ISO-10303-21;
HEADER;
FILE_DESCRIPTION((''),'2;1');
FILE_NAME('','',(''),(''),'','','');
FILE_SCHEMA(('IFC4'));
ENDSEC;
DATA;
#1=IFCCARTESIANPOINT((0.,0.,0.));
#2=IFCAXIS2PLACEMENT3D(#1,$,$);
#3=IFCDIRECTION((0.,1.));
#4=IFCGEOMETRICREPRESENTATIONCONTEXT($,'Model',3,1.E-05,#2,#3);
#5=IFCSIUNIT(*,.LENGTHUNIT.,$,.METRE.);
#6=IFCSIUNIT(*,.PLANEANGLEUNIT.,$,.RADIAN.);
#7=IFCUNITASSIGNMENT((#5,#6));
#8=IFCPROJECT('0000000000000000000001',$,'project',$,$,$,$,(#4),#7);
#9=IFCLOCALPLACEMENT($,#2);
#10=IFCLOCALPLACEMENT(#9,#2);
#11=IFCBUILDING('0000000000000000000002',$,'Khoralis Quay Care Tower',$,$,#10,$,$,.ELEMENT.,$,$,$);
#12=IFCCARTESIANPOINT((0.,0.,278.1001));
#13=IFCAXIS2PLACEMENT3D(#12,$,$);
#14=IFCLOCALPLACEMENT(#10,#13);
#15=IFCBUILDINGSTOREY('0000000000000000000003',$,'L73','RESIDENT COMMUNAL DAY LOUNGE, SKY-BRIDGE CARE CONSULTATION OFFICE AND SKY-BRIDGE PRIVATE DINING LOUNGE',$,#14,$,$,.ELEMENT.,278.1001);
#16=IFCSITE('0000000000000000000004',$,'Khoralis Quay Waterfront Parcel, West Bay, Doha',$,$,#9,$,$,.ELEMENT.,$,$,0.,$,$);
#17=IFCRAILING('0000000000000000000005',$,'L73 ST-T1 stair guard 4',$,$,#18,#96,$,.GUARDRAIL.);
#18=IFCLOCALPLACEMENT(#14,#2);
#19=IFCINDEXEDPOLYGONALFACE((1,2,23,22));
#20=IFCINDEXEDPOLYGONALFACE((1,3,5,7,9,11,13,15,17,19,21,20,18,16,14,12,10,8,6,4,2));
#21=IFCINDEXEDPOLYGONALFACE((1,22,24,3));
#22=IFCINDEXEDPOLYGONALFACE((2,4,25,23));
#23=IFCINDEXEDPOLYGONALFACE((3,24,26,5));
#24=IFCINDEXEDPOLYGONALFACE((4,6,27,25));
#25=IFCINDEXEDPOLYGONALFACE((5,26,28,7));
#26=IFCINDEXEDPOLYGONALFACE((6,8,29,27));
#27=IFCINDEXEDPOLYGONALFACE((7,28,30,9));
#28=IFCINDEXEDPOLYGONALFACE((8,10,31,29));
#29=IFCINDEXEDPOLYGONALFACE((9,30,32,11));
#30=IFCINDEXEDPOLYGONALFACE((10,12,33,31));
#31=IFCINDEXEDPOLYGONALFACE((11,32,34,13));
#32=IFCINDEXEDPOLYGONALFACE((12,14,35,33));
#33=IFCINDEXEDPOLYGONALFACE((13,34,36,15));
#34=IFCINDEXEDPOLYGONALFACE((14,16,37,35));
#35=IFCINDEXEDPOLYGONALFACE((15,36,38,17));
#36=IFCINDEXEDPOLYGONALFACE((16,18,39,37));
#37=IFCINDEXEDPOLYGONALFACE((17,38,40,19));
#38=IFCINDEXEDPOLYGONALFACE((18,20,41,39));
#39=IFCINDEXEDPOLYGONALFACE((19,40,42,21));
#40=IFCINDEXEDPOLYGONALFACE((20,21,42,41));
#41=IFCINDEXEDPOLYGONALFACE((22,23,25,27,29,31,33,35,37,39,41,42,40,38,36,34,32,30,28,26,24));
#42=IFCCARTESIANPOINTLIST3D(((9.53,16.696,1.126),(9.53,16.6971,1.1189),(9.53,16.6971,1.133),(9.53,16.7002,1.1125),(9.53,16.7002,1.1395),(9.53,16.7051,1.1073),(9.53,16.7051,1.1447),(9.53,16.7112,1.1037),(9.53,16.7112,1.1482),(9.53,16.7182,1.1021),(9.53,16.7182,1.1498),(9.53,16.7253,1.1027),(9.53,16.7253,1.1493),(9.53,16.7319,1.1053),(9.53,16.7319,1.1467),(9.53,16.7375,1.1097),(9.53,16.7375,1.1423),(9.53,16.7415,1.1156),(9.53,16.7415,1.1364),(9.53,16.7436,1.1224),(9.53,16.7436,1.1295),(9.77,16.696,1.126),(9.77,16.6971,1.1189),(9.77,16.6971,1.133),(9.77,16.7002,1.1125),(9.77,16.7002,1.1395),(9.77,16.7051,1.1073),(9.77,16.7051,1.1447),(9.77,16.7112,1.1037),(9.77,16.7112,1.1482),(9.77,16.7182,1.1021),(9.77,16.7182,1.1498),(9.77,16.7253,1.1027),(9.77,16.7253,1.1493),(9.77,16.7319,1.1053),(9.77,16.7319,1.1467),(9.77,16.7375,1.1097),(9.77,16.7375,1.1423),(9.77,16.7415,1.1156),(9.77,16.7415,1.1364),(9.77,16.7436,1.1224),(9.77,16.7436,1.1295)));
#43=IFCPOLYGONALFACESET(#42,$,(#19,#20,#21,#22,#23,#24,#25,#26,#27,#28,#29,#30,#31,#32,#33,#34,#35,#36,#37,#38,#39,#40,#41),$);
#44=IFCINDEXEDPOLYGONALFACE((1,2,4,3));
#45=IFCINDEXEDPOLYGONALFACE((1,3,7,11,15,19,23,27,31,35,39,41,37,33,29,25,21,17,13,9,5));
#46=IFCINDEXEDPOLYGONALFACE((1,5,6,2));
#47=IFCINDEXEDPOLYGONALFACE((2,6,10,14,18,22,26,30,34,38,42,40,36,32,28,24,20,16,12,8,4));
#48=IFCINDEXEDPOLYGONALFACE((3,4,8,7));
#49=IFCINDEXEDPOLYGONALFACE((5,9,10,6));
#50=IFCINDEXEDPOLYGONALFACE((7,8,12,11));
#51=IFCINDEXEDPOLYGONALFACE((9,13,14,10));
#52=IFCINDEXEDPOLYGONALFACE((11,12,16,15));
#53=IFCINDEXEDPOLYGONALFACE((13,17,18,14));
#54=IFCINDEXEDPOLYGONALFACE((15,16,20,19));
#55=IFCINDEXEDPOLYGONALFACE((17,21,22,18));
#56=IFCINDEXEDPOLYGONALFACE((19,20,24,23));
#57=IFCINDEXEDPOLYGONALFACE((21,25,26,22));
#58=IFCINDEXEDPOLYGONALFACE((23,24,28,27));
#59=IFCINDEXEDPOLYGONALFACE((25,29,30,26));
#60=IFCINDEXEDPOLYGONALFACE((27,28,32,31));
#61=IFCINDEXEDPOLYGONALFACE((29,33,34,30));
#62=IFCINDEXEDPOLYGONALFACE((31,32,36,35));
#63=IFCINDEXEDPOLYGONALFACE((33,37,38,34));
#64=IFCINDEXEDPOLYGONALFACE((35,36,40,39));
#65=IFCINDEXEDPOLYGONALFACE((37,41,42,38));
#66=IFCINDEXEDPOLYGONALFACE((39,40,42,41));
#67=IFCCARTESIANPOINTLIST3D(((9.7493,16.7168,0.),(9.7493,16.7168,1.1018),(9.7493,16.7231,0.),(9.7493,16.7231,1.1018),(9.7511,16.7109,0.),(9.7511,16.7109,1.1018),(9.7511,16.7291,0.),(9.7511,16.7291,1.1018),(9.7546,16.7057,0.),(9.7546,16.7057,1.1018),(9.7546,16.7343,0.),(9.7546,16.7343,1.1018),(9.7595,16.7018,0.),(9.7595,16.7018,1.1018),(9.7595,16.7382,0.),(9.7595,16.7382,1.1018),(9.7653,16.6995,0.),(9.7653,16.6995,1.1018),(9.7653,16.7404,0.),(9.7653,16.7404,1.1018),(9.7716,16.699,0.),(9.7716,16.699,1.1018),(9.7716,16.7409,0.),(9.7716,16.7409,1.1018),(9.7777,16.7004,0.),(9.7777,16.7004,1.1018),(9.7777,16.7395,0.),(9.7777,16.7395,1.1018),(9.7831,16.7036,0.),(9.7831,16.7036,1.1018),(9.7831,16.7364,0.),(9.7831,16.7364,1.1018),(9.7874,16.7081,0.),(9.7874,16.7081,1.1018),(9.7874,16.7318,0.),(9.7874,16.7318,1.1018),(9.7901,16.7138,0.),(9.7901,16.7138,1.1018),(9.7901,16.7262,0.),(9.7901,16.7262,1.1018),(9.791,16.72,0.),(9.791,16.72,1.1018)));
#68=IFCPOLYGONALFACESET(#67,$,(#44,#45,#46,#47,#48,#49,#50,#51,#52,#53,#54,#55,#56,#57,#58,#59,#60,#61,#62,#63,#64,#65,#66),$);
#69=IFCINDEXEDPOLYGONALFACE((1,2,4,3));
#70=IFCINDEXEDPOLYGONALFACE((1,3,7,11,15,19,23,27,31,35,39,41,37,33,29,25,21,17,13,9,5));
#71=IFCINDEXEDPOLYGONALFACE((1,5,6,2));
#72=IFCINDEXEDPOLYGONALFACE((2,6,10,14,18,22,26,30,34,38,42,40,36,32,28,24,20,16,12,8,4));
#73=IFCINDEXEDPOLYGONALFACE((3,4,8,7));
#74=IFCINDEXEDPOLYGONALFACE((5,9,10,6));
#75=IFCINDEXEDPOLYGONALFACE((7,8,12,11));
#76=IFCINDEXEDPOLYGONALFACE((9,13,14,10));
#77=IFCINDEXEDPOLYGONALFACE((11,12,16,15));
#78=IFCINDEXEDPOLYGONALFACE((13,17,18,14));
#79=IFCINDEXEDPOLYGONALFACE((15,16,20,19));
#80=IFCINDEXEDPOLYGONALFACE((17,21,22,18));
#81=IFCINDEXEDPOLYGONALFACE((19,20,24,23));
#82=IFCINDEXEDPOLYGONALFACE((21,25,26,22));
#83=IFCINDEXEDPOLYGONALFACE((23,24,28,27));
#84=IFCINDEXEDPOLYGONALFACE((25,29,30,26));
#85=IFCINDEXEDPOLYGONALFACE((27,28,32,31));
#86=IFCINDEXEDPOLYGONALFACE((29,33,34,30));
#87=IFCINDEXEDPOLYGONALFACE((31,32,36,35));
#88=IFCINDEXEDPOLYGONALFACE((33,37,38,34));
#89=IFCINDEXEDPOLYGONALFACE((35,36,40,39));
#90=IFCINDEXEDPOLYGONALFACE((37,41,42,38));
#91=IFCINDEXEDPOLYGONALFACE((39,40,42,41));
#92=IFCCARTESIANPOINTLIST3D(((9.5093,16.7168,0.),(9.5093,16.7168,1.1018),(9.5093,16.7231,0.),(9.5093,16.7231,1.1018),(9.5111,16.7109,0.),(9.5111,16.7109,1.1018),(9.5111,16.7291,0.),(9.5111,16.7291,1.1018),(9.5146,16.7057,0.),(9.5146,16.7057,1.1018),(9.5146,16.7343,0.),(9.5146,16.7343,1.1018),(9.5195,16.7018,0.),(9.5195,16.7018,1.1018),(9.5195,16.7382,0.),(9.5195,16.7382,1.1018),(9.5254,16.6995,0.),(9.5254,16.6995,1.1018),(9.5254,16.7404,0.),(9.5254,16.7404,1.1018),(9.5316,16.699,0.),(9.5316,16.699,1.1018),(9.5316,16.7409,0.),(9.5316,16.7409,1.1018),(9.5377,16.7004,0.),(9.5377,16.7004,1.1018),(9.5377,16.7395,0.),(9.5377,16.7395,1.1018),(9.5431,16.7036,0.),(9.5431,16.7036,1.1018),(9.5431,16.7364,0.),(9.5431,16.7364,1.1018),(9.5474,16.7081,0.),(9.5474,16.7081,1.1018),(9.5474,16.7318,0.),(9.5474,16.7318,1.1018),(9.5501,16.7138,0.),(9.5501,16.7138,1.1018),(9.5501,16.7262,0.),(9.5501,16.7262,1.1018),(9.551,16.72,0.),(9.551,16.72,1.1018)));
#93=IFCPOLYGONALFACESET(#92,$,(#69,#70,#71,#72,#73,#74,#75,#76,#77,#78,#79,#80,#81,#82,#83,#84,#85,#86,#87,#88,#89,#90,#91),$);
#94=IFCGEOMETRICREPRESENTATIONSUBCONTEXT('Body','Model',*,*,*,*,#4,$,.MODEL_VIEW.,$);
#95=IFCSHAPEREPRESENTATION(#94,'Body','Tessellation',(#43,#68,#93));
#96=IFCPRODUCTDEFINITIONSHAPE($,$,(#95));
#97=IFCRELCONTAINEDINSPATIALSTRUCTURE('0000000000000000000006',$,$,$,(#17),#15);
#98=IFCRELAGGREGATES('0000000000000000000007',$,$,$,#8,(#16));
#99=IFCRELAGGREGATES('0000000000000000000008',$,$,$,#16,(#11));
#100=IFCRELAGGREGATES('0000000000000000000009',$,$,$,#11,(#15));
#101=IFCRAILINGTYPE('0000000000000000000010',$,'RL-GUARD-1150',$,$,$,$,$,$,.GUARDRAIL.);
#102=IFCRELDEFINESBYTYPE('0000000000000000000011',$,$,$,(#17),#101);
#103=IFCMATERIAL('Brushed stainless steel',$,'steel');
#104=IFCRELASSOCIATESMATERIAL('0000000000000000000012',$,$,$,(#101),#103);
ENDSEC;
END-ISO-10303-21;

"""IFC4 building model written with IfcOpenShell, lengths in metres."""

from ifc_helpers import new_model, si_unit, direction, frame, origin, origin_2d, place, context, subcontext, project, spatial, circle, extrude, material, type_object, element, save


model = new_model("IFC4")

# Units and contexts
model_context = context("Model", 3, precision=1e-05, world=origin(), true_north=direction((0.0, 1.0)))
body_context = subcontext(model_context, "Body", "Model", "MODEL_VIEW")
ifc_project = project(units=[si_unit("LENGTHUNIT", "METRE"), si_unit("PLANEANGLEUNIT", "RADIAN")], contexts=[model_context])

# Site, building, storey
site_placement = place(None, origin())
site = spatial("IfcSite", under=ifc_project, at=site_placement, Name="Khoralis Quay Waterfront Parcel, West Bay, Doha", CompositionType="ELEMENT", RefElevation=0.0)
building_placement = place(site_placement, origin())
building = spatial("IfcBuilding", under=site, at=building_placement, Name="Khoralis Quay Care Tower", CompositionType="ELEMENT")
storey_placement = place(building_placement, frame((0.0, 0.0, 278.1001)))
storey = spatial("IfcBuildingStorey", under=building, at=storey_placement, Name="L73", Description="RESIDENT COMMUNAL DAY LOUNGE, SKY-BRIDGE CARE CONSULTATION OFFICE AND SKY-BRIDGE PRIVATE DINING LOUNGE", CompositionType="ELEMENT", Elevation=278.1001)

# Shared definitions
ifc_material_1 = material(Name="Brushed stainless steel", Category="steel")

# Railing
railing_type_1 = type_object("IfcRailingType", Name="RL-GUARD-1150", PredefinedType="GUARDRAIL", material=ifc_material_1)
railing_1_placement = place(storey_placement, frame((9.77, 16.72, 0.0)))
element("IfcRailing", 1, at=railing_1_placement, inside=storey, type_object=railing_type_1, Name="L73 ST-T1 stair guard 4", PredefinedType="GUARDRAIL", context=body_context, shape_type="SweptSolid", body=[
    extrude(circle(Radius=0.0239, at=origin_2d()), frame((0.0, 0.0, 1.126), z_axis=(-1.0, 0.0, 0.0), x_axis=(0.0, -1.0, 0.0)), (0.0, 0.0, 1.0), 0.24),
    extrude(circle(Radius=0.021, at=origin_2d()), origin(), (0.0, 0.0, 1.0), 1.1018),
    extrude(circle(Radius=0.021, at=origin_2d()), frame((-0.24, 0.0, 0.0)), (0.0, 0.0, 1.0), 1.1018),
])

save(model, "model.ifc")
